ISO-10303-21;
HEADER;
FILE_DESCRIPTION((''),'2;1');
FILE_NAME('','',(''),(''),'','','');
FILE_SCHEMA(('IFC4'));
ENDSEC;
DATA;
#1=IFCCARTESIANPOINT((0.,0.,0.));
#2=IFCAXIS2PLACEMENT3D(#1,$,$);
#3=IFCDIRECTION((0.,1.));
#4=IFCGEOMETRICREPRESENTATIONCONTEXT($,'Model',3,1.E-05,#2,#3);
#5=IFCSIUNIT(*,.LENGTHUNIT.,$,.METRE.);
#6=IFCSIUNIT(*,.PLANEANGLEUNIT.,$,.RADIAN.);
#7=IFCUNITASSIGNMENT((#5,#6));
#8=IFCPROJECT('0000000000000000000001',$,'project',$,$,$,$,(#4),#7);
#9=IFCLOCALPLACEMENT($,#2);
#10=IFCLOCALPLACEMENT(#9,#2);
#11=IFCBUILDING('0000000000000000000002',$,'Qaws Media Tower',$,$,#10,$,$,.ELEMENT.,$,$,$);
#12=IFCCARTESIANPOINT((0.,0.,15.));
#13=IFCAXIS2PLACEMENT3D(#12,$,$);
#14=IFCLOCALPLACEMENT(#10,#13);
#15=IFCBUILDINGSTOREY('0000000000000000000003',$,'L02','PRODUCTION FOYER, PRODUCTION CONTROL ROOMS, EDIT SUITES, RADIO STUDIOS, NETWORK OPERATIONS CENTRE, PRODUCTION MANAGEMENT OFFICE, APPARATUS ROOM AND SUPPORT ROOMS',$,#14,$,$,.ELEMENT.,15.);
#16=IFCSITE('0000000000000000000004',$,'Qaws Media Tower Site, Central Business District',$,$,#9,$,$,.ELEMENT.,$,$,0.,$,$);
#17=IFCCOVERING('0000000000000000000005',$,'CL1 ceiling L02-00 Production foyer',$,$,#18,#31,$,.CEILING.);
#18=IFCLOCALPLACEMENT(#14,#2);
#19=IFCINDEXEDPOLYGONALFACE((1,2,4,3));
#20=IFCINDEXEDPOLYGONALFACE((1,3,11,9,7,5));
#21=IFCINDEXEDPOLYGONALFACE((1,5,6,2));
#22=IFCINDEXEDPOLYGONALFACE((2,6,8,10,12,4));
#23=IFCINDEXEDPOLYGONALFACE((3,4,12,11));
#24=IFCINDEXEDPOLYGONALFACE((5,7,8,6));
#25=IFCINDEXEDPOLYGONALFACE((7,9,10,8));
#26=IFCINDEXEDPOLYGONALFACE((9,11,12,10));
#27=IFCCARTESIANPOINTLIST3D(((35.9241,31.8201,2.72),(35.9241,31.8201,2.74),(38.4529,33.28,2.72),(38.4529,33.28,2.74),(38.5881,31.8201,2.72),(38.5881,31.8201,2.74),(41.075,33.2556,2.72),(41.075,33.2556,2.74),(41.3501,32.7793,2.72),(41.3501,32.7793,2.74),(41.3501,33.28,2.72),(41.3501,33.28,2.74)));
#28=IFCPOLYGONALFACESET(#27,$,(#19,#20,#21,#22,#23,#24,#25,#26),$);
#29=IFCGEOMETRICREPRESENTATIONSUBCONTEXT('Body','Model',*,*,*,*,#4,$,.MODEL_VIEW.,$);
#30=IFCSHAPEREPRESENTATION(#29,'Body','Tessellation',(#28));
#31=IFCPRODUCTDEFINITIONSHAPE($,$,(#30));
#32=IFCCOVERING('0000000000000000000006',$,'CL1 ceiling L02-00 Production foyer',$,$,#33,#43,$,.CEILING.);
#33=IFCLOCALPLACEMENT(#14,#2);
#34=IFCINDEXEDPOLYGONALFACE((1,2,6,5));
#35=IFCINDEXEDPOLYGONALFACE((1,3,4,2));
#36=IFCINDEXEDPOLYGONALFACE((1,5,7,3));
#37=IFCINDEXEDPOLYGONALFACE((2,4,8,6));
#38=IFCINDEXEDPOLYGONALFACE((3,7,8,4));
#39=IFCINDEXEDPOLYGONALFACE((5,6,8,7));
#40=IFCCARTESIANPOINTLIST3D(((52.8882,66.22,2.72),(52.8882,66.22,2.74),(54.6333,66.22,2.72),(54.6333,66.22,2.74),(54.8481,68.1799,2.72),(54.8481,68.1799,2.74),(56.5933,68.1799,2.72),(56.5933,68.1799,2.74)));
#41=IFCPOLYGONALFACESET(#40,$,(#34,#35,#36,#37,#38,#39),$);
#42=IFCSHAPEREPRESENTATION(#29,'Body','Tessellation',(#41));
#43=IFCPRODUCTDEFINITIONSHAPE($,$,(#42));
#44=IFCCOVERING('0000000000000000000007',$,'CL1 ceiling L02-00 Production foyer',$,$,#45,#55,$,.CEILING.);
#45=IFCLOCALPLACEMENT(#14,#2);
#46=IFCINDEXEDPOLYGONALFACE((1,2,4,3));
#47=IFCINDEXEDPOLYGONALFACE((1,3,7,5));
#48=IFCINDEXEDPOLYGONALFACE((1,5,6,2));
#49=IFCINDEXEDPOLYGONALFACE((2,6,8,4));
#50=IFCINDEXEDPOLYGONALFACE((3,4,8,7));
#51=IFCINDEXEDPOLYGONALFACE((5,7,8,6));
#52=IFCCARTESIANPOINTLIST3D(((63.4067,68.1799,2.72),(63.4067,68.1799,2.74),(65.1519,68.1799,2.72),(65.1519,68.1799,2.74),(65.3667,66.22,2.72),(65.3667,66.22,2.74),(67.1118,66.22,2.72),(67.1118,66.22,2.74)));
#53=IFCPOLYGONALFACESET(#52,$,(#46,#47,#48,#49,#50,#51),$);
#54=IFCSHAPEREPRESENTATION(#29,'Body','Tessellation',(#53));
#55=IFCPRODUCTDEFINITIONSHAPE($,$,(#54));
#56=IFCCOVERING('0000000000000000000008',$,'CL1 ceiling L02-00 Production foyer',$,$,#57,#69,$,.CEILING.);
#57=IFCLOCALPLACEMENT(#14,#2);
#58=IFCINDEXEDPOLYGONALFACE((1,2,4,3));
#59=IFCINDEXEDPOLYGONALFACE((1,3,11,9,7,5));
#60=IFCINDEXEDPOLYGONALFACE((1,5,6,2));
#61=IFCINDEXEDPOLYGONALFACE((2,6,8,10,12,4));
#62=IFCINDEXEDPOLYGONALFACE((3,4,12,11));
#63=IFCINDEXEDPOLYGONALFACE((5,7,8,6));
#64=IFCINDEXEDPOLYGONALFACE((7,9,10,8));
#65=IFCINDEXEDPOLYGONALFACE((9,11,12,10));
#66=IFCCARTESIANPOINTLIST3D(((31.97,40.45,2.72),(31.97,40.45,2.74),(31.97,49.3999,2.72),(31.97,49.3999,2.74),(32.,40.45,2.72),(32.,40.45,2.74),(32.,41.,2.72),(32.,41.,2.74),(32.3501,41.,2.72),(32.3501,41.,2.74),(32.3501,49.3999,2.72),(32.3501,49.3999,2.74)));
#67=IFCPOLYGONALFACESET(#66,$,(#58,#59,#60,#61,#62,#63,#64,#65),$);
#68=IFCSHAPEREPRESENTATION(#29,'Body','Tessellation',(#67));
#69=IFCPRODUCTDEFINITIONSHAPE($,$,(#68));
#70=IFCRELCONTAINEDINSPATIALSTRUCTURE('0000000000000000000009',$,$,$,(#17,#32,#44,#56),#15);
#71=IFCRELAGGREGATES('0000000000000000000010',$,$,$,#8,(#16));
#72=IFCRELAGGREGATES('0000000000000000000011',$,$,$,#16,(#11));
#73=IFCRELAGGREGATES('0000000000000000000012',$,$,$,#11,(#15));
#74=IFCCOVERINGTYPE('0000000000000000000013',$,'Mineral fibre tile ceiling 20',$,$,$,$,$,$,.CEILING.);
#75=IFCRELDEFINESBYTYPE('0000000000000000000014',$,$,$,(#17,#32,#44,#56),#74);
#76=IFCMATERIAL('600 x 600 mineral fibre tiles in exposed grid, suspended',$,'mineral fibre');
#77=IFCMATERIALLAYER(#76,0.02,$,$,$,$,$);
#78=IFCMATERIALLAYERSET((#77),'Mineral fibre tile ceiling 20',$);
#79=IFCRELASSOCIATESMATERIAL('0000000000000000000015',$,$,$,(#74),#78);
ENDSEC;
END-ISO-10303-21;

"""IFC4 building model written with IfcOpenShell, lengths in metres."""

from ifc_helpers import new_model, si_unit, direction, frame, origin, place, context, subcontext, project, spatial, polyline, outline, extrude, material, layer, layer_set, type_object, element, save


model = new_model("IFC4")

# Units and contexts
model_context = context("Model", 3, precision=1e-05, world=origin(), true_north=direction((0.0, 1.0)))
body_context = subcontext(model_context, "Body", "Model", "MODEL_VIEW")
ifc_project = project(units=[si_unit("LENGTHUNIT", "METRE"), si_unit("PLANEANGLEUNIT", "RADIAN")], contexts=[model_context])

# Site, building, storey
site_placement = place(None, origin())
site = spatial("IfcSite", under=ifc_project, at=site_placement, Name="Qaws Media Tower Site, Central Business District", CompositionType="ELEMENT", RefElevation=0.0)
building_placement = place(site_placement, origin())
building = spatial("IfcBuilding", under=site, at=building_placement, Name="Qaws Media Tower", CompositionType="ELEMENT")
storey_placement = place(building_placement, frame((0.0, 0.0, 15.0)))
storey = spatial("IfcBuildingStorey", under=building, at=storey_placement, Name="L02", Description="PRODUCTION FOYER, PRODUCTION CONTROL ROOMS, EDIT SUITES, RADIO STUDIOS, NETWORK OPERATIONS CENTRE, PRODUCTION MANAGEMENT OFFICE, APPARATUS ROOM AND SUPPORT ROOMS", CompositionType="ELEMENT", Elevation=15.0)

# Coverings
ifc_material = material(Name="600 x 600 mineral fibre tiles in exposed grid, suspended", Category="mineral fibre")
ifc_layer = layer(ifc_material, 0.02)
ifc_layer_set = layer_set([ifc_layer], Name="Mineral fibre tile ceiling 20")
covering_type = type_object("IfcCoveringType", Name="Mineral fibre tile ceiling 20", PredefinedType="CEILING", material=ifc_layer_set)
covering_1_placement = place(storey_placement, frame((0.0, 0.0, 2.72)))
element("IfcCovering", 1, at=covering_1_placement, inside=storey, type_object=covering_type, Name="CL1 ceiling L02-00 Production foyer", PredefinedType="CEILING", context=body_context, shape_type="SweptSolid", body=[
    extrude(outline(polyline([(35.9241, 31.8201), (38.4529, 33.28), (41.3501, 33.28), (41.3501, 32.7793), (41.075, 33.2556), (38.5881, 31.8201), (35.9241, 31.8201)])), origin(), (0.0, 0.0, 1.0), 0.02),
])
covering_2_placement = place(storey_placement, frame((0.0, 0.0, 2.72)))
element("IfcCovering", 2, at=covering_2_placement, inside=storey, type_object=covering_type, Name="CL1 ceiling L02-00 Production foyer", PredefinedType="CEILING", context=body_context, shape_type="SweptSolid", body=[
    extrude(outline(polyline([(56.5933, 68.1799), (54.6333, 66.22), (52.8882, 66.22), (54.8481, 68.1799), (56.5933, 68.1799)])), origin(), (0.0, 0.0, 1.0), 0.02),
])
covering_3_placement = place(storey_placement, frame((0.0, 0.0, 2.72)))
element("IfcCovering", 3, at=covering_3_placement, inside=storey, type_object=covering_type, Name="CL1 ceiling L02-00 Production foyer", PredefinedType="CEILING", context=body_context, shape_type="SweptSolid", body=[
    extrude(outline(polyline([(65.1519, 68.1799), (67.1118, 66.22), (65.3667, 66.22), (63.4067, 68.1799), (65.1519, 68.1799)])), origin(), (0.0, 0.0, 1.0), 0.02),
])
covering_4_placement = place(storey_placement, frame((0.0, 0.0, 2.72)))
element("IfcCovering", 4, at=covering_4_placement, inside=storey, type_object=covering_type, Name="CL1 ceiling L02-00 Production foyer", PredefinedType="CEILING", context=body_context, shape_type="SweptSolid", body=[
    extrude(outline(polyline([(31.97, 49.3999), (32.3501, 49.3999), (32.3501, 41.0), (32.0, 41.0), (32.0, 40.45), (31.97, 40.45), (31.97, 49.3999)])), origin(), (0.0, 0.0, 1.0), 0.02),
])

save(model, "model.ifc")
